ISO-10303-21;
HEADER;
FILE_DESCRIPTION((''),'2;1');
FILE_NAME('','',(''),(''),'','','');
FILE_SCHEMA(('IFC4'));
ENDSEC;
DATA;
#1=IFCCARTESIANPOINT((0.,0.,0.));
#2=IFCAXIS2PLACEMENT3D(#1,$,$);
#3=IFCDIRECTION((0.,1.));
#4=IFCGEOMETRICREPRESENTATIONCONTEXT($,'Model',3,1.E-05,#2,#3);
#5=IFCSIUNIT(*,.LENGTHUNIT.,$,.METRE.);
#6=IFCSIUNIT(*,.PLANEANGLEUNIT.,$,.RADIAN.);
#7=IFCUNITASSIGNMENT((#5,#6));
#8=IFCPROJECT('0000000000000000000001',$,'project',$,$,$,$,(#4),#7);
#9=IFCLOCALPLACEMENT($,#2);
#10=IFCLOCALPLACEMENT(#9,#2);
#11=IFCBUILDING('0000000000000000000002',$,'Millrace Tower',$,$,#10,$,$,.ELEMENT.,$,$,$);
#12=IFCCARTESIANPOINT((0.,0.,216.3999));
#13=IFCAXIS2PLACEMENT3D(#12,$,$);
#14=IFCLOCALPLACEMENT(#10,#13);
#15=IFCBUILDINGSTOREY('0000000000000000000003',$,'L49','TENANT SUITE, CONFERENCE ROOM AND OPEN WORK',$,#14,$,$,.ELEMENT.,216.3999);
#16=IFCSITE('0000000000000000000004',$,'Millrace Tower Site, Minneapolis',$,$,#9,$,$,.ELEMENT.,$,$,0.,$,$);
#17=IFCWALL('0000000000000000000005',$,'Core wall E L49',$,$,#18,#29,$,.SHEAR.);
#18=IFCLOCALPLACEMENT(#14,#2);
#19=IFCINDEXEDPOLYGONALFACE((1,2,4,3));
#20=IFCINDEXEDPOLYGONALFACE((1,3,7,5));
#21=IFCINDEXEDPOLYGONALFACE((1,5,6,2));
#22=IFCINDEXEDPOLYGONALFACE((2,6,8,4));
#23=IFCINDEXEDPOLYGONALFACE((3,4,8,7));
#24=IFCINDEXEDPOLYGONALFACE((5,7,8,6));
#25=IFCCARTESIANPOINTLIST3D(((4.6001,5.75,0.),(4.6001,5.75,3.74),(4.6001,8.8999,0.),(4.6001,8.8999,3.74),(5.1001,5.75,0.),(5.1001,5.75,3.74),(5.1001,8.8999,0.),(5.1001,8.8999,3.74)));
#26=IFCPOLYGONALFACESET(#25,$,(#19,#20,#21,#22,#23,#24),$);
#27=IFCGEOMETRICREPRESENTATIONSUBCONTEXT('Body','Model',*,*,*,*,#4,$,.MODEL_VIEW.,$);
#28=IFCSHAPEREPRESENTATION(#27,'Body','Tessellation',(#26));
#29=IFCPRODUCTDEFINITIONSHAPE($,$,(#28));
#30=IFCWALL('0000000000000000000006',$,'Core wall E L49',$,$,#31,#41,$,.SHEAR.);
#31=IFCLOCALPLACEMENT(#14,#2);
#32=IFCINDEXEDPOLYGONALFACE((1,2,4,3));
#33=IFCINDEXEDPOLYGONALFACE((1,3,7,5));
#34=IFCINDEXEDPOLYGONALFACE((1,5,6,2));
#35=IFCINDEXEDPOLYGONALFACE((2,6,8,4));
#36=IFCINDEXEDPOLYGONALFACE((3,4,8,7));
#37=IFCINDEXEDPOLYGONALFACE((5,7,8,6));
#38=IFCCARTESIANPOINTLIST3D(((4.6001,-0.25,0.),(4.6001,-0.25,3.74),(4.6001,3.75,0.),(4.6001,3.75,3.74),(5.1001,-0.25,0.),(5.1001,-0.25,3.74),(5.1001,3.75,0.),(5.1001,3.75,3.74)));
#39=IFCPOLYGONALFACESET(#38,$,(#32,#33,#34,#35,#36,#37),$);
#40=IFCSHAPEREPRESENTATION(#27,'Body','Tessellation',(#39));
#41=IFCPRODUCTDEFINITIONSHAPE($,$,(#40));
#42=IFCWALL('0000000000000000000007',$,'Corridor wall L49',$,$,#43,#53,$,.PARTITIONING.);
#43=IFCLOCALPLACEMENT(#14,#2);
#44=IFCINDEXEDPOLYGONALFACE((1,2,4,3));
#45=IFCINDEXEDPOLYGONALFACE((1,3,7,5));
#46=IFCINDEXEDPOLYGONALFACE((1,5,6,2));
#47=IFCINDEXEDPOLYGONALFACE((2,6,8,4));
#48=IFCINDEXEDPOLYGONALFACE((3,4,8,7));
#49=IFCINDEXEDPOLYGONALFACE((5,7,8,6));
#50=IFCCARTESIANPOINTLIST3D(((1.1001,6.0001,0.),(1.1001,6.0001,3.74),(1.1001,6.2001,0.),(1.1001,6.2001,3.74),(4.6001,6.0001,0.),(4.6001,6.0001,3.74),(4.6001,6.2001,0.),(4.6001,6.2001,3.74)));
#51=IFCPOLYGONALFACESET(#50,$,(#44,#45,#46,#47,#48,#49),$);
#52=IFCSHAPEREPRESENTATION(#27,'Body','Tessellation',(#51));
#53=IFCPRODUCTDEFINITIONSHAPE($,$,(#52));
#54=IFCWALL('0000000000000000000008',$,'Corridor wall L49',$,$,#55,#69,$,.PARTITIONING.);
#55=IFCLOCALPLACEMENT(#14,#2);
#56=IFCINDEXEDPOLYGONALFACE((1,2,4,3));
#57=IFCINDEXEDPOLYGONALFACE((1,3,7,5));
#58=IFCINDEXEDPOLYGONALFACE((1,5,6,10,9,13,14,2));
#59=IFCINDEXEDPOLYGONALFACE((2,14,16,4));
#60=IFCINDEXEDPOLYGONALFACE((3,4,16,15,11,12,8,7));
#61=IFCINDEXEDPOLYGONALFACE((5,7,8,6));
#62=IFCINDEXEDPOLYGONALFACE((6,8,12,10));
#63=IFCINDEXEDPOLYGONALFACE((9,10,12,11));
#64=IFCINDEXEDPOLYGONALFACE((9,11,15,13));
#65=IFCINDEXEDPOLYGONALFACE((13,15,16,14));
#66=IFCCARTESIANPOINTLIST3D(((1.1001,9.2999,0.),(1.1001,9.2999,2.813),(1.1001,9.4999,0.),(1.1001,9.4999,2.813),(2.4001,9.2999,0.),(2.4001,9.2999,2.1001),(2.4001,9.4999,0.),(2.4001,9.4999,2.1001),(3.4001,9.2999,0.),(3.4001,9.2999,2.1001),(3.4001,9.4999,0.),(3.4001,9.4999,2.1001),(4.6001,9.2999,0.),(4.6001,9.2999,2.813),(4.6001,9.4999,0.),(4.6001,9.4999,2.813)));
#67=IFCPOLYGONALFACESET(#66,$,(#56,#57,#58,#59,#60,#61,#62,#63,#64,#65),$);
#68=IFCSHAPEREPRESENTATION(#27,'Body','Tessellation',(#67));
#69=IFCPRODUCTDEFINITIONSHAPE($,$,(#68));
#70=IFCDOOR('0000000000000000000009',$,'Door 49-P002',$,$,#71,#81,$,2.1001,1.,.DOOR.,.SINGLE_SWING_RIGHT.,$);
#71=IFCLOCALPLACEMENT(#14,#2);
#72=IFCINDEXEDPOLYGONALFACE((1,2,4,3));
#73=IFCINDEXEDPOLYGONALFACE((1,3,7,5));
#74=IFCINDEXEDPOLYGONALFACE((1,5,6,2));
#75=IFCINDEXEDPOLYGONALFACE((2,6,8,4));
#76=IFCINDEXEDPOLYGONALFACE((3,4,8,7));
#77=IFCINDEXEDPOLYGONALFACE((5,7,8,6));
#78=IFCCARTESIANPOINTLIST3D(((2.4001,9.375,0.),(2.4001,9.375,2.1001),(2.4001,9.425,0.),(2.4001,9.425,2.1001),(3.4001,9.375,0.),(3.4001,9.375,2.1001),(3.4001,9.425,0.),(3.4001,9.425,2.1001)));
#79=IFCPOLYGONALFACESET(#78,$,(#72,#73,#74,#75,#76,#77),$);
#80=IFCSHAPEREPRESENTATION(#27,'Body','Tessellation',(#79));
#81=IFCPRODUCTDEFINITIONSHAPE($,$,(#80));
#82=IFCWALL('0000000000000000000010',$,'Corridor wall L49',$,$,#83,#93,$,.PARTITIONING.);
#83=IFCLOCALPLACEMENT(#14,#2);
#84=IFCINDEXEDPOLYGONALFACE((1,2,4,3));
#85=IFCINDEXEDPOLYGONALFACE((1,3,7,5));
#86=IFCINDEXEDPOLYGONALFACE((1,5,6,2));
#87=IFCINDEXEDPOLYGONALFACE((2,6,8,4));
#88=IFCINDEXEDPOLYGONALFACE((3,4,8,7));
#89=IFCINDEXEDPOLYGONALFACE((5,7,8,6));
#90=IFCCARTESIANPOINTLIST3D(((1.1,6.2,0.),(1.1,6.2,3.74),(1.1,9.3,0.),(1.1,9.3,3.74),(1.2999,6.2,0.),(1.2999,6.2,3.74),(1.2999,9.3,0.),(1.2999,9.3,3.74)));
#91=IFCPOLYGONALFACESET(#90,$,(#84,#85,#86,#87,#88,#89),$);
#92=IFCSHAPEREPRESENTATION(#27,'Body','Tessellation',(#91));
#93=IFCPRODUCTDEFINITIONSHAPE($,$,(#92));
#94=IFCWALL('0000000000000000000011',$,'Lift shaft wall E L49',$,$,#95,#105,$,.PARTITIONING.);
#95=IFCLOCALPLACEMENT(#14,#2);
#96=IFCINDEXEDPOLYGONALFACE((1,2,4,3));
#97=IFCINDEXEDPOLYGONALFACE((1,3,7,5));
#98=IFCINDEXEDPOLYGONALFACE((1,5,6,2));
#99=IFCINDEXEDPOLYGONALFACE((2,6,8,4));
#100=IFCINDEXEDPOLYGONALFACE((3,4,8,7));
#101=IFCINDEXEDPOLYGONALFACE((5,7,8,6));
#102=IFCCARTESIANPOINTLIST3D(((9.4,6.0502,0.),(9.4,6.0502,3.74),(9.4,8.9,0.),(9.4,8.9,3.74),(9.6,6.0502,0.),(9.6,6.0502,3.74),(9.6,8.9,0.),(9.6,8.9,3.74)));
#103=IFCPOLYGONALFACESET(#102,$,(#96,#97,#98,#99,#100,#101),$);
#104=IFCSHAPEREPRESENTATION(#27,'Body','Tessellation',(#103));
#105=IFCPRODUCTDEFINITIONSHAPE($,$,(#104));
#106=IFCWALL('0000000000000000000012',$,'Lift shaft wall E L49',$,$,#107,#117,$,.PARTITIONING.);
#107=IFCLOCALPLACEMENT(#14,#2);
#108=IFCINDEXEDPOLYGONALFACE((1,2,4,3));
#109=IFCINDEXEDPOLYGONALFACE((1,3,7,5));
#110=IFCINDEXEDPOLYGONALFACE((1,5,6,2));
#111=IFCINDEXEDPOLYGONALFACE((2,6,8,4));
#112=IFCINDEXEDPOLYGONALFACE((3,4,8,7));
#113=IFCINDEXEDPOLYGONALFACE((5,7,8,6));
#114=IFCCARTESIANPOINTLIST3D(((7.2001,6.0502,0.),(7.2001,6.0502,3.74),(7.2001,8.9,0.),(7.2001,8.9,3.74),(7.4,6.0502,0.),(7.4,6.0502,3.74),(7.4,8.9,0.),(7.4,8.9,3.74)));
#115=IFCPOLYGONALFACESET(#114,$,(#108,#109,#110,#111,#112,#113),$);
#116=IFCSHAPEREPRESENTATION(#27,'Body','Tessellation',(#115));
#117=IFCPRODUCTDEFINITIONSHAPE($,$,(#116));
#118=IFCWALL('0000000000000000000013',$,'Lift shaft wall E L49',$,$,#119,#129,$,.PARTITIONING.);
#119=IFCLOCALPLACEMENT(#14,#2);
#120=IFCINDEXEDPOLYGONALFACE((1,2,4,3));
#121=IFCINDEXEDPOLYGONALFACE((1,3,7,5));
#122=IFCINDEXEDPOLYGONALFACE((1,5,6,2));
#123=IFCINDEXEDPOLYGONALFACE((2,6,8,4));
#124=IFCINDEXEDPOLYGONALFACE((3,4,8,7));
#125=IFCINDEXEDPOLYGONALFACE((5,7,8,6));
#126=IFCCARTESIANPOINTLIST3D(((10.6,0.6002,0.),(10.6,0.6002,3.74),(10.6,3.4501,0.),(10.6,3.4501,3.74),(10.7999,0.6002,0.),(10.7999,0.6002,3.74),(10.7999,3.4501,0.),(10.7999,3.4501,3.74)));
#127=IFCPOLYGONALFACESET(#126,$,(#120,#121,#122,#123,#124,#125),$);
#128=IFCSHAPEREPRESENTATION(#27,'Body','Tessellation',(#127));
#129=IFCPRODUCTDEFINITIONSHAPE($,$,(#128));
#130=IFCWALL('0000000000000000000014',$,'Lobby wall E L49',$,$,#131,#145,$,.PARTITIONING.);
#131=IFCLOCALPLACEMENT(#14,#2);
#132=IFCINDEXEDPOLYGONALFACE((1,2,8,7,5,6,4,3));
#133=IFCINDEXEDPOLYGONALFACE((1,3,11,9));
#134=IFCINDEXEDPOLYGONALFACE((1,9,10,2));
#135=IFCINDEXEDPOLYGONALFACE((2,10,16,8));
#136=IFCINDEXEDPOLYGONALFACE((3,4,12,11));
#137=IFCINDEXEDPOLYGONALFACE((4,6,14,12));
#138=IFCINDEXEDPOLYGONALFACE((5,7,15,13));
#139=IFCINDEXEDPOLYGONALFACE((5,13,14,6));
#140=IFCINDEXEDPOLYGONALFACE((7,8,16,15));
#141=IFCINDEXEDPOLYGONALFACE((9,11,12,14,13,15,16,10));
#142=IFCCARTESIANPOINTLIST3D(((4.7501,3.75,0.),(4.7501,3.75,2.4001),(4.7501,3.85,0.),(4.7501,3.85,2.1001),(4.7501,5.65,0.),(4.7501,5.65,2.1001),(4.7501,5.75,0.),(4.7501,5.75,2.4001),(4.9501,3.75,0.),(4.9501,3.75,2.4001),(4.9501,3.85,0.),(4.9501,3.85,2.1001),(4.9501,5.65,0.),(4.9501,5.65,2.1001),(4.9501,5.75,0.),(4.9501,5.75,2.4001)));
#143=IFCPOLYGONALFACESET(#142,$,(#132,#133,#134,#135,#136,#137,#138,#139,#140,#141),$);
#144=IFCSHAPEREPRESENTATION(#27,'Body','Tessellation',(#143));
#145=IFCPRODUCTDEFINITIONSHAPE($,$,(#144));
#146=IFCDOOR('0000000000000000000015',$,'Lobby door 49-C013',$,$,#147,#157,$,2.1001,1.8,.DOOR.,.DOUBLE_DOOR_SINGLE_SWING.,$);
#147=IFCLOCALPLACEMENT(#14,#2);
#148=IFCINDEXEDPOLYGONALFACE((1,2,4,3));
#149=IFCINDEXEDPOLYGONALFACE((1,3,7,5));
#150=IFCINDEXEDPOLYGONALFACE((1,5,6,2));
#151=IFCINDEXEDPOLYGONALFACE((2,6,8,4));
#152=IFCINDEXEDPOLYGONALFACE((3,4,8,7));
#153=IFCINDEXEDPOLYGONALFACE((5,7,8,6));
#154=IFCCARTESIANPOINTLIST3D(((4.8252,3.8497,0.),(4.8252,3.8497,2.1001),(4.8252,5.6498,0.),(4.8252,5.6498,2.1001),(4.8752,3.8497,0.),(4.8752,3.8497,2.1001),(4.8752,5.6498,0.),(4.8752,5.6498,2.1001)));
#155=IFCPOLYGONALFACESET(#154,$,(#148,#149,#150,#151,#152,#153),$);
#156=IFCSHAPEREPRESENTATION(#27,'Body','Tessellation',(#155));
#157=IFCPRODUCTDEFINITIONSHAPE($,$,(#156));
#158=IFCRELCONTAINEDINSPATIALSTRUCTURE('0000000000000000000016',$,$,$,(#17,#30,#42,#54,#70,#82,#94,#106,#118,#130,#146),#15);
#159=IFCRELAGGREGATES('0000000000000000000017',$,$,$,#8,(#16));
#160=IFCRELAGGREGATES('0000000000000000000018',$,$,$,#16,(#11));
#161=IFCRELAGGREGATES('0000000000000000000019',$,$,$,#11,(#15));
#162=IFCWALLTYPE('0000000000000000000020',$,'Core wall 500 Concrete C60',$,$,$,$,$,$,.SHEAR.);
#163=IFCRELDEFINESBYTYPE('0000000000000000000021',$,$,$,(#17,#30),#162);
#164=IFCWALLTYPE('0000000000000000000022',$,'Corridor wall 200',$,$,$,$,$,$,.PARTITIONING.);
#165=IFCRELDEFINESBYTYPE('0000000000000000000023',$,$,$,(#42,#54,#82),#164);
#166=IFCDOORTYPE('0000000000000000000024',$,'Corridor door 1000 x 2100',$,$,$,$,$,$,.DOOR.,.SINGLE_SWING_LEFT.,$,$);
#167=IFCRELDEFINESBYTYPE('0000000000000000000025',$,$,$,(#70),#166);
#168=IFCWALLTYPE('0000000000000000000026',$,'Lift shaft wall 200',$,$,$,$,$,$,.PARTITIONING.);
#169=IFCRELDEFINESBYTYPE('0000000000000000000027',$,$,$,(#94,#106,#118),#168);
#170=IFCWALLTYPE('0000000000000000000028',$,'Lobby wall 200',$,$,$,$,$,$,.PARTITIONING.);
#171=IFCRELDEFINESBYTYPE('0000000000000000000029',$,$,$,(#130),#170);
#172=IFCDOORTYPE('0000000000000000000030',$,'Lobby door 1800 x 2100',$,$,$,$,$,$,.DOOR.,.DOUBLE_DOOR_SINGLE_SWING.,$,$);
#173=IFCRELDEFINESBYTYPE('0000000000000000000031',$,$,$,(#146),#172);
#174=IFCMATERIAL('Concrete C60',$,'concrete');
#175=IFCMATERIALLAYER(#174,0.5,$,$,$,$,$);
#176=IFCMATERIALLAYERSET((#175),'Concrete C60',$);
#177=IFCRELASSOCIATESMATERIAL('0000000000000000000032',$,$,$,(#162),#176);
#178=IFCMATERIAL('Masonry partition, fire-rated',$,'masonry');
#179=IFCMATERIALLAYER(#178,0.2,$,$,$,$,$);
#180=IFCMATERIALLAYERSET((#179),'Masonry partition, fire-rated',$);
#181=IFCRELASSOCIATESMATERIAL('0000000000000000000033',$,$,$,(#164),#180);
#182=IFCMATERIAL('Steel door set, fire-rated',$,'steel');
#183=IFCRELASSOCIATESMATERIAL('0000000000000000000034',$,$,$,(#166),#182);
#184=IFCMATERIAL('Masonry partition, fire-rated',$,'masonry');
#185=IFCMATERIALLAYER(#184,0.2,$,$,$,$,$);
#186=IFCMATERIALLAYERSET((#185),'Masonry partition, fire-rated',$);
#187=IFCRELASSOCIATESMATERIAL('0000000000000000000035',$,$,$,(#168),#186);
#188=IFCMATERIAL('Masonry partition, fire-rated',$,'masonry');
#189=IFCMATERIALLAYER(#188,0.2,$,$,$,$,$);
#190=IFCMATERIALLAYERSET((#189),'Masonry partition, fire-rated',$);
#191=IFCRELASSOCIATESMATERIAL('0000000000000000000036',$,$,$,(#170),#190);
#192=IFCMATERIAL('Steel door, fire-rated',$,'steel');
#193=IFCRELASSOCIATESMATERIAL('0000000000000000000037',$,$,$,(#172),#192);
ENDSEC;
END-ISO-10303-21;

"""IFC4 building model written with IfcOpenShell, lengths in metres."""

from ifc_helpers import new_model, si_unit, direction, frame, frame_2d, origin, place, context, subcontext, project, spatial, rectangle, extrude, material, layer, layer_set, type_object, element, fill, save


model = new_model("IFC4")

# Units and contexts
model_context = context("Model", 3, precision=1e-05, world=origin(), true_north=direction((0.0, 1.0)))
body_context = subcontext(model_context, "Body", "Model", "MODEL_VIEW")
ifc_project = project(units=[si_unit("LENGTHUNIT", "METRE"), si_unit("PLANEANGLEUNIT", "RADIAN")], contexts=[model_context])

# Site, building, storey
site_placement = place(None, origin())
site = spatial("IfcSite", under=ifc_project, at=site_placement, Name="Millrace Tower Site, Minneapolis", CompositionType="ELEMENT", RefElevation=0.0)
building_placement = place(site_placement, origin())
building = spatial("IfcBuilding", under=site, at=building_placement, Name="Millrace Tower", CompositionType="ELEMENT")
storey_placement = place(building_placement, frame((0.0, 0.0, 216.3999)))
storey = spatial("IfcBuildingStorey", under=building, at=storey_placement, Name="L49", Description="TENANT SUITE, CONFERENCE ROOM AND OPEN WORK", CompositionType="ELEMENT", Elevation=216.3999)

# Walls
ifc_material_1 = material(Name="Concrete C60", Category="concrete")
ifc_layer_1 = layer(ifc_material_1, 0.5)
ifc_layer_set_1 = layer_set([ifc_layer_1], Name="Concrete C60")
wall_type_1 = type_object("IfcWallType", Name="Core wall 500 Concrete C60", PredefinedType="SHEAR", material=ifc_layer_set_1)
wall_1_placement = place(storey_placement, frame((4.8501, 8.8999, 0.0), z_axis=(0.0, 0.0, 1.0), x_axis=(0.0, -1.0, 0.0)))
element("IfcWall", 1, at=wall_1_placement, inside=storey, type_object=wall_type_1, Name="Core wall E L49", PredefinedType="SHEAR", context=body_context, shape_type="SweptSolid", body=[
    extrude(rectangle(XDim=3.1499, YDim=0.5, at=frame_2d((1.575, 0.0))), origin(), (0.0, 0.0, 1.0), 3.74),
])
wall_2_placement = place(storey_placement, frame((4.8501, 3.75, 0.0), z_axis=(0.0, 0.0, 1.0), x_axis=(0.0, -1.0, 0.0)))
element("IfcWall", 2, at=wall_2_placement, inside=storey, type_object=wall_type_1, Name="Core wall E L49", PredefinedType="SHEAR", context=body_context, shape_type="SweptSolid", body=[
    extrude(rectangle(XDim=4.0, YDim=0.5, at=frame_2d((2.0, 0.0))), origin(), (0.0, 0.0, 1.0), 3.74),
])
ifc_material_2 = material(Name="Masonry partition, fire-rated", Category="masonry")
ifc_layer_2 = layer(ifc_material_2, 0.2)
ifc_layer_set_2 = layer_set([ifc_layer_2], Name="Masonry partition, fire-rated")
wall_type_2 = type_object("IfcWallType", Name="Corridor wall 200", PredefinedType="PARTITIONING", material=ifc_layer_set_2)
wall_3_placement = place(storey_placement, frame((1.1001, 6.1001, 0.0), z_axis=(0.0, 0.0, 1.0), x_axis=(1.0, 0.0, 0.0)))
element("IfcWall", 3, at=wall_3_placement, inside=storey, type_object=wall_type_2, Name="Corridor wall L49", PredefinedType="PARTITIONING", context=body_context, shape_type="SweptSolid", body=[
    extrude(rectangle(XDim=3.5, YDim=0.2, at=frame_2d((1.75, 0.0))), origin(), (0.0, 0.0, 1.0), 3.74),
])

# Wall, opening, door
wall_4_placement = place(storey_placement, frame((1.1001, 9.3999, 0.0), z_axis=(0.0, 0.0, 1.0), x_axis=(1.0, 0.0, 0.0)))
wall_4 = element("IfcWall", 4, at=wall_4_placement, inside=storey, type_object=wall_type_2, Name="Corridor wall L49", PredefinedType="PARTITIONING", context=body_context, shape_type="SweptSolid", body=[
    extrude(rectangle(XDim=3.5, YDim=0.2, at=frame_2d((1.75, 0.0))), origin(), (0.0, 0.0, 1.0), 2.813),
])
opening_1_placement = place(wall_4_placement, frame((1.3, 0.0, 0.0)))
opening_1 = element("IfcOpeningElement", 5, at=opening_1_placement, cuts=wall_4, PredefinedType="OPENING", context=body_context, shape_type="SweptSolid", body=[
    extrude(rectangle(XDim=1.0, YDim=2.1001, at=frame_2d((0.5, 1.05))), frame((0.0, 0.1099, 0.0), z_axis=(0.0, -1.0, 0.0), x_axis=(1.0, 0.0, 0.0)), (0.0, 0.0, 1.0), 0.22),
])
ifc_material_3 = material(Name="Steel door set, fire-rated", Category="steel")
door_type_1 = type_object("IfcDoorType", Name="Corridor door 1000 x 2100", OperationType="SINGLE_SWING_LEFT", PredefinedType="DOOR", material=ifc_material_3)
door_1_placement = place(opening_1_placement, frame((1.0, 0.0, 0.0), z_axis=(0.0, 0.0, 1.0), x_axis=(-1.0, 0.0, 0.0)))
door_1 = element("IfcDoor", 6, at=door_1_placement, inside=storey, type_object=door_type_1, Name="Door 49-P002", OperationType="SINGLE_SWING_RIGHT", OverallHeight=2.1001, OverallWidth=1.0, PredefinedType="DOOR", context=body_context, shape_type="SweptSolid", body=[
    extrude(rectangle(XDim=1.0, YDim=2.1001, at=frame_2d((0.5, 1.05))), frame((0.0, 0.0249, 0.0), z_axis=(0.0, -1.0, 0.0), x_axis=(1.0, 0.0, 0.0)), (0.0, 0.0, 1.0), 0.05),
])
fill(opening_1, door_1)

# Walls
wall_5_placement = place(storey_placement, frame((1.2, 6.2, 0.0), z_axis=(0.0, 0.0, 1.0), x_axis=(0.0, 1.0, 0.0)))
element("IfcWall", 7, at=wall_5_placement, inside=storey, type_object=wall_type_2, Name="Corridor wall L49", PredefinedType="PARTITIONING", context=body_context, shape_type="SweptSolid", body=[
    extrude(rectangle(XDim=3.1001, YDim=0.2, at=frame_2d((1.55, 0.0))), origin(), (0.0, 0.0, 1.0), 3.74),
])
ifc_material_4 = material(Name="Masonry partition, fire-rated", Category="masonry")
ifc_layer_3 = layer(ifc_material_4, 0.2)
ifc_layer_set_3 = layer_set([ifc_layer_3], Name="Masonry partition, fire-rated")
wall_type_3 = type_object("IfcWallType", Name="Lift shaft wall 200", PredefinedType="PARTITIONING", material=ifc_layer_set_3)
for number, where, z_axis, x_axis, name in (
    (8, (9.5, 8.8999, 0.0), (0.0, 0.0, 1.0), (0.0, -1.0, 0.0), "Lift shaft wall E L49"),
    (9, (7.3, 8.8999, 0.0), (0.0, 0.0, 1.0), (0.0, -1.0, 0.0), "Lift shaft wall E L49"),
    (10, (10.7, 3.45, 0.0), (0.0, 0.0, 1.0), (0.0, -1.0, 0.0), "Lift shaft wall E L49"),
):
    element("IfcWall", number, at=place(storey_placement, frame(where, z_axis=z_axis, x_axis=x_axis)), inside=storey, type_object=wall_type_3, Name=name, PredefinedType="PARTITIONING", context=body_context, shape_type="SweptSolid", body=[
        extrude(rectangle(XDim=2.8499, YDim=0.2, at=frame_2d((1.4248, 0.0))), origin(), (0.0, 0.0, 1.0), 3.74),
    ])

# Wall, opening, door
ifc_material_5 = material(Name="Masonry partition, fire-rated", Category="masonry")
ifc_layer_4 = layer(ifc_material_5, 0.2)
ifc_layer_set_4 = layer_set([ifc_layer_4], Name="Masonry partition, fire-rated")
wall_type_4 = type_object("IfcWallType", Name="Lobby wall 200", PredefinedType="PARTITIONING", material=ifc_layer_set_4)
wall_6_placement = place(storey_placement, frame((4.8501, 5.75, 0.0), z_axis=(0.0, 0.0, 1.0), x_axis=(0.0, -1.0, 0.0)))
wall_6 = element("IfcWall", 11, at=wall_6_placement, inside=storey, type_object=wall_type_4, Name="Lobby wall E L49", PredefinedType="PARTITIONING", context=body_context, shape_type="SweptSolid", body=[
    extrude(rectangle(XDim=2.0, YDim=0.2, at=frame_2d((1.0, 0.0))), origin(), (0.0, 0.0, 1.0), 2.4001),
])
opening_2_placement = place(wall_6_placement, frame((0.1001, 0.0, 0.0)))
opening_2 = element("IfcOpeningElement", 12, at=opening_2_placement, cuts=wall_6, PredefinedType="OPENING", context=body_context, shape_type="SweptSolid", body=[
    extrude(rectangle(XDim=1.8, YDim=2.1001, at=frame_2d((0.8999, 1.05))), frame((0.0, 0.1099, 0.0), z_axis=(0.0, -1.0, 0.0), x_axis=(1.0, 0.0, 0.0)), (0.0, 0.0, 1.0), 0.22),
])
ifc_material_6 = material(Name="Steel door, fire-rated", Category="steel")
door_type_2 = type_object("IfcDoorType", Name="Lobby door 1800 x 2100", OperationType="DOUBLE_DOOR_SINGLE_SWING", PredefinedType="DOOR", material=ifc_material_6)
door_2_placement = place(opening_2_placement, frame((1.8, 0.0, 0.0), z_axis=(0.0, 0.0, 1.0), x_axis=(-1.0, 0.0, 0.0)))
door_2 = element("IfcDoor", 13, at=door_2_placement, inside=storey, type_object=door_type_2, Name="Lobby door 49-C013", OperationType="DOUBLE_DOOR_SINGLE_SWING", OverallHeight=2.1001, OverallWidth=1.8, PredefinedType="DOOR", context=body_context, shape_type="SweptSolid", body=[
    extrude(rectangle(XDim=1.8, YDim=2.1001, at=frame_2d((0.8999, 1.05))), frame((0.0, 0.0249, 0.0), z_axis=(0.0, -1.0, 0.0), x_axis=(1.0, 0.0, 0.0)), (0.0, 0.0, 1.0), 0.05),
])
fill(opening_2, door_2)

save(model, "model.ifc")
